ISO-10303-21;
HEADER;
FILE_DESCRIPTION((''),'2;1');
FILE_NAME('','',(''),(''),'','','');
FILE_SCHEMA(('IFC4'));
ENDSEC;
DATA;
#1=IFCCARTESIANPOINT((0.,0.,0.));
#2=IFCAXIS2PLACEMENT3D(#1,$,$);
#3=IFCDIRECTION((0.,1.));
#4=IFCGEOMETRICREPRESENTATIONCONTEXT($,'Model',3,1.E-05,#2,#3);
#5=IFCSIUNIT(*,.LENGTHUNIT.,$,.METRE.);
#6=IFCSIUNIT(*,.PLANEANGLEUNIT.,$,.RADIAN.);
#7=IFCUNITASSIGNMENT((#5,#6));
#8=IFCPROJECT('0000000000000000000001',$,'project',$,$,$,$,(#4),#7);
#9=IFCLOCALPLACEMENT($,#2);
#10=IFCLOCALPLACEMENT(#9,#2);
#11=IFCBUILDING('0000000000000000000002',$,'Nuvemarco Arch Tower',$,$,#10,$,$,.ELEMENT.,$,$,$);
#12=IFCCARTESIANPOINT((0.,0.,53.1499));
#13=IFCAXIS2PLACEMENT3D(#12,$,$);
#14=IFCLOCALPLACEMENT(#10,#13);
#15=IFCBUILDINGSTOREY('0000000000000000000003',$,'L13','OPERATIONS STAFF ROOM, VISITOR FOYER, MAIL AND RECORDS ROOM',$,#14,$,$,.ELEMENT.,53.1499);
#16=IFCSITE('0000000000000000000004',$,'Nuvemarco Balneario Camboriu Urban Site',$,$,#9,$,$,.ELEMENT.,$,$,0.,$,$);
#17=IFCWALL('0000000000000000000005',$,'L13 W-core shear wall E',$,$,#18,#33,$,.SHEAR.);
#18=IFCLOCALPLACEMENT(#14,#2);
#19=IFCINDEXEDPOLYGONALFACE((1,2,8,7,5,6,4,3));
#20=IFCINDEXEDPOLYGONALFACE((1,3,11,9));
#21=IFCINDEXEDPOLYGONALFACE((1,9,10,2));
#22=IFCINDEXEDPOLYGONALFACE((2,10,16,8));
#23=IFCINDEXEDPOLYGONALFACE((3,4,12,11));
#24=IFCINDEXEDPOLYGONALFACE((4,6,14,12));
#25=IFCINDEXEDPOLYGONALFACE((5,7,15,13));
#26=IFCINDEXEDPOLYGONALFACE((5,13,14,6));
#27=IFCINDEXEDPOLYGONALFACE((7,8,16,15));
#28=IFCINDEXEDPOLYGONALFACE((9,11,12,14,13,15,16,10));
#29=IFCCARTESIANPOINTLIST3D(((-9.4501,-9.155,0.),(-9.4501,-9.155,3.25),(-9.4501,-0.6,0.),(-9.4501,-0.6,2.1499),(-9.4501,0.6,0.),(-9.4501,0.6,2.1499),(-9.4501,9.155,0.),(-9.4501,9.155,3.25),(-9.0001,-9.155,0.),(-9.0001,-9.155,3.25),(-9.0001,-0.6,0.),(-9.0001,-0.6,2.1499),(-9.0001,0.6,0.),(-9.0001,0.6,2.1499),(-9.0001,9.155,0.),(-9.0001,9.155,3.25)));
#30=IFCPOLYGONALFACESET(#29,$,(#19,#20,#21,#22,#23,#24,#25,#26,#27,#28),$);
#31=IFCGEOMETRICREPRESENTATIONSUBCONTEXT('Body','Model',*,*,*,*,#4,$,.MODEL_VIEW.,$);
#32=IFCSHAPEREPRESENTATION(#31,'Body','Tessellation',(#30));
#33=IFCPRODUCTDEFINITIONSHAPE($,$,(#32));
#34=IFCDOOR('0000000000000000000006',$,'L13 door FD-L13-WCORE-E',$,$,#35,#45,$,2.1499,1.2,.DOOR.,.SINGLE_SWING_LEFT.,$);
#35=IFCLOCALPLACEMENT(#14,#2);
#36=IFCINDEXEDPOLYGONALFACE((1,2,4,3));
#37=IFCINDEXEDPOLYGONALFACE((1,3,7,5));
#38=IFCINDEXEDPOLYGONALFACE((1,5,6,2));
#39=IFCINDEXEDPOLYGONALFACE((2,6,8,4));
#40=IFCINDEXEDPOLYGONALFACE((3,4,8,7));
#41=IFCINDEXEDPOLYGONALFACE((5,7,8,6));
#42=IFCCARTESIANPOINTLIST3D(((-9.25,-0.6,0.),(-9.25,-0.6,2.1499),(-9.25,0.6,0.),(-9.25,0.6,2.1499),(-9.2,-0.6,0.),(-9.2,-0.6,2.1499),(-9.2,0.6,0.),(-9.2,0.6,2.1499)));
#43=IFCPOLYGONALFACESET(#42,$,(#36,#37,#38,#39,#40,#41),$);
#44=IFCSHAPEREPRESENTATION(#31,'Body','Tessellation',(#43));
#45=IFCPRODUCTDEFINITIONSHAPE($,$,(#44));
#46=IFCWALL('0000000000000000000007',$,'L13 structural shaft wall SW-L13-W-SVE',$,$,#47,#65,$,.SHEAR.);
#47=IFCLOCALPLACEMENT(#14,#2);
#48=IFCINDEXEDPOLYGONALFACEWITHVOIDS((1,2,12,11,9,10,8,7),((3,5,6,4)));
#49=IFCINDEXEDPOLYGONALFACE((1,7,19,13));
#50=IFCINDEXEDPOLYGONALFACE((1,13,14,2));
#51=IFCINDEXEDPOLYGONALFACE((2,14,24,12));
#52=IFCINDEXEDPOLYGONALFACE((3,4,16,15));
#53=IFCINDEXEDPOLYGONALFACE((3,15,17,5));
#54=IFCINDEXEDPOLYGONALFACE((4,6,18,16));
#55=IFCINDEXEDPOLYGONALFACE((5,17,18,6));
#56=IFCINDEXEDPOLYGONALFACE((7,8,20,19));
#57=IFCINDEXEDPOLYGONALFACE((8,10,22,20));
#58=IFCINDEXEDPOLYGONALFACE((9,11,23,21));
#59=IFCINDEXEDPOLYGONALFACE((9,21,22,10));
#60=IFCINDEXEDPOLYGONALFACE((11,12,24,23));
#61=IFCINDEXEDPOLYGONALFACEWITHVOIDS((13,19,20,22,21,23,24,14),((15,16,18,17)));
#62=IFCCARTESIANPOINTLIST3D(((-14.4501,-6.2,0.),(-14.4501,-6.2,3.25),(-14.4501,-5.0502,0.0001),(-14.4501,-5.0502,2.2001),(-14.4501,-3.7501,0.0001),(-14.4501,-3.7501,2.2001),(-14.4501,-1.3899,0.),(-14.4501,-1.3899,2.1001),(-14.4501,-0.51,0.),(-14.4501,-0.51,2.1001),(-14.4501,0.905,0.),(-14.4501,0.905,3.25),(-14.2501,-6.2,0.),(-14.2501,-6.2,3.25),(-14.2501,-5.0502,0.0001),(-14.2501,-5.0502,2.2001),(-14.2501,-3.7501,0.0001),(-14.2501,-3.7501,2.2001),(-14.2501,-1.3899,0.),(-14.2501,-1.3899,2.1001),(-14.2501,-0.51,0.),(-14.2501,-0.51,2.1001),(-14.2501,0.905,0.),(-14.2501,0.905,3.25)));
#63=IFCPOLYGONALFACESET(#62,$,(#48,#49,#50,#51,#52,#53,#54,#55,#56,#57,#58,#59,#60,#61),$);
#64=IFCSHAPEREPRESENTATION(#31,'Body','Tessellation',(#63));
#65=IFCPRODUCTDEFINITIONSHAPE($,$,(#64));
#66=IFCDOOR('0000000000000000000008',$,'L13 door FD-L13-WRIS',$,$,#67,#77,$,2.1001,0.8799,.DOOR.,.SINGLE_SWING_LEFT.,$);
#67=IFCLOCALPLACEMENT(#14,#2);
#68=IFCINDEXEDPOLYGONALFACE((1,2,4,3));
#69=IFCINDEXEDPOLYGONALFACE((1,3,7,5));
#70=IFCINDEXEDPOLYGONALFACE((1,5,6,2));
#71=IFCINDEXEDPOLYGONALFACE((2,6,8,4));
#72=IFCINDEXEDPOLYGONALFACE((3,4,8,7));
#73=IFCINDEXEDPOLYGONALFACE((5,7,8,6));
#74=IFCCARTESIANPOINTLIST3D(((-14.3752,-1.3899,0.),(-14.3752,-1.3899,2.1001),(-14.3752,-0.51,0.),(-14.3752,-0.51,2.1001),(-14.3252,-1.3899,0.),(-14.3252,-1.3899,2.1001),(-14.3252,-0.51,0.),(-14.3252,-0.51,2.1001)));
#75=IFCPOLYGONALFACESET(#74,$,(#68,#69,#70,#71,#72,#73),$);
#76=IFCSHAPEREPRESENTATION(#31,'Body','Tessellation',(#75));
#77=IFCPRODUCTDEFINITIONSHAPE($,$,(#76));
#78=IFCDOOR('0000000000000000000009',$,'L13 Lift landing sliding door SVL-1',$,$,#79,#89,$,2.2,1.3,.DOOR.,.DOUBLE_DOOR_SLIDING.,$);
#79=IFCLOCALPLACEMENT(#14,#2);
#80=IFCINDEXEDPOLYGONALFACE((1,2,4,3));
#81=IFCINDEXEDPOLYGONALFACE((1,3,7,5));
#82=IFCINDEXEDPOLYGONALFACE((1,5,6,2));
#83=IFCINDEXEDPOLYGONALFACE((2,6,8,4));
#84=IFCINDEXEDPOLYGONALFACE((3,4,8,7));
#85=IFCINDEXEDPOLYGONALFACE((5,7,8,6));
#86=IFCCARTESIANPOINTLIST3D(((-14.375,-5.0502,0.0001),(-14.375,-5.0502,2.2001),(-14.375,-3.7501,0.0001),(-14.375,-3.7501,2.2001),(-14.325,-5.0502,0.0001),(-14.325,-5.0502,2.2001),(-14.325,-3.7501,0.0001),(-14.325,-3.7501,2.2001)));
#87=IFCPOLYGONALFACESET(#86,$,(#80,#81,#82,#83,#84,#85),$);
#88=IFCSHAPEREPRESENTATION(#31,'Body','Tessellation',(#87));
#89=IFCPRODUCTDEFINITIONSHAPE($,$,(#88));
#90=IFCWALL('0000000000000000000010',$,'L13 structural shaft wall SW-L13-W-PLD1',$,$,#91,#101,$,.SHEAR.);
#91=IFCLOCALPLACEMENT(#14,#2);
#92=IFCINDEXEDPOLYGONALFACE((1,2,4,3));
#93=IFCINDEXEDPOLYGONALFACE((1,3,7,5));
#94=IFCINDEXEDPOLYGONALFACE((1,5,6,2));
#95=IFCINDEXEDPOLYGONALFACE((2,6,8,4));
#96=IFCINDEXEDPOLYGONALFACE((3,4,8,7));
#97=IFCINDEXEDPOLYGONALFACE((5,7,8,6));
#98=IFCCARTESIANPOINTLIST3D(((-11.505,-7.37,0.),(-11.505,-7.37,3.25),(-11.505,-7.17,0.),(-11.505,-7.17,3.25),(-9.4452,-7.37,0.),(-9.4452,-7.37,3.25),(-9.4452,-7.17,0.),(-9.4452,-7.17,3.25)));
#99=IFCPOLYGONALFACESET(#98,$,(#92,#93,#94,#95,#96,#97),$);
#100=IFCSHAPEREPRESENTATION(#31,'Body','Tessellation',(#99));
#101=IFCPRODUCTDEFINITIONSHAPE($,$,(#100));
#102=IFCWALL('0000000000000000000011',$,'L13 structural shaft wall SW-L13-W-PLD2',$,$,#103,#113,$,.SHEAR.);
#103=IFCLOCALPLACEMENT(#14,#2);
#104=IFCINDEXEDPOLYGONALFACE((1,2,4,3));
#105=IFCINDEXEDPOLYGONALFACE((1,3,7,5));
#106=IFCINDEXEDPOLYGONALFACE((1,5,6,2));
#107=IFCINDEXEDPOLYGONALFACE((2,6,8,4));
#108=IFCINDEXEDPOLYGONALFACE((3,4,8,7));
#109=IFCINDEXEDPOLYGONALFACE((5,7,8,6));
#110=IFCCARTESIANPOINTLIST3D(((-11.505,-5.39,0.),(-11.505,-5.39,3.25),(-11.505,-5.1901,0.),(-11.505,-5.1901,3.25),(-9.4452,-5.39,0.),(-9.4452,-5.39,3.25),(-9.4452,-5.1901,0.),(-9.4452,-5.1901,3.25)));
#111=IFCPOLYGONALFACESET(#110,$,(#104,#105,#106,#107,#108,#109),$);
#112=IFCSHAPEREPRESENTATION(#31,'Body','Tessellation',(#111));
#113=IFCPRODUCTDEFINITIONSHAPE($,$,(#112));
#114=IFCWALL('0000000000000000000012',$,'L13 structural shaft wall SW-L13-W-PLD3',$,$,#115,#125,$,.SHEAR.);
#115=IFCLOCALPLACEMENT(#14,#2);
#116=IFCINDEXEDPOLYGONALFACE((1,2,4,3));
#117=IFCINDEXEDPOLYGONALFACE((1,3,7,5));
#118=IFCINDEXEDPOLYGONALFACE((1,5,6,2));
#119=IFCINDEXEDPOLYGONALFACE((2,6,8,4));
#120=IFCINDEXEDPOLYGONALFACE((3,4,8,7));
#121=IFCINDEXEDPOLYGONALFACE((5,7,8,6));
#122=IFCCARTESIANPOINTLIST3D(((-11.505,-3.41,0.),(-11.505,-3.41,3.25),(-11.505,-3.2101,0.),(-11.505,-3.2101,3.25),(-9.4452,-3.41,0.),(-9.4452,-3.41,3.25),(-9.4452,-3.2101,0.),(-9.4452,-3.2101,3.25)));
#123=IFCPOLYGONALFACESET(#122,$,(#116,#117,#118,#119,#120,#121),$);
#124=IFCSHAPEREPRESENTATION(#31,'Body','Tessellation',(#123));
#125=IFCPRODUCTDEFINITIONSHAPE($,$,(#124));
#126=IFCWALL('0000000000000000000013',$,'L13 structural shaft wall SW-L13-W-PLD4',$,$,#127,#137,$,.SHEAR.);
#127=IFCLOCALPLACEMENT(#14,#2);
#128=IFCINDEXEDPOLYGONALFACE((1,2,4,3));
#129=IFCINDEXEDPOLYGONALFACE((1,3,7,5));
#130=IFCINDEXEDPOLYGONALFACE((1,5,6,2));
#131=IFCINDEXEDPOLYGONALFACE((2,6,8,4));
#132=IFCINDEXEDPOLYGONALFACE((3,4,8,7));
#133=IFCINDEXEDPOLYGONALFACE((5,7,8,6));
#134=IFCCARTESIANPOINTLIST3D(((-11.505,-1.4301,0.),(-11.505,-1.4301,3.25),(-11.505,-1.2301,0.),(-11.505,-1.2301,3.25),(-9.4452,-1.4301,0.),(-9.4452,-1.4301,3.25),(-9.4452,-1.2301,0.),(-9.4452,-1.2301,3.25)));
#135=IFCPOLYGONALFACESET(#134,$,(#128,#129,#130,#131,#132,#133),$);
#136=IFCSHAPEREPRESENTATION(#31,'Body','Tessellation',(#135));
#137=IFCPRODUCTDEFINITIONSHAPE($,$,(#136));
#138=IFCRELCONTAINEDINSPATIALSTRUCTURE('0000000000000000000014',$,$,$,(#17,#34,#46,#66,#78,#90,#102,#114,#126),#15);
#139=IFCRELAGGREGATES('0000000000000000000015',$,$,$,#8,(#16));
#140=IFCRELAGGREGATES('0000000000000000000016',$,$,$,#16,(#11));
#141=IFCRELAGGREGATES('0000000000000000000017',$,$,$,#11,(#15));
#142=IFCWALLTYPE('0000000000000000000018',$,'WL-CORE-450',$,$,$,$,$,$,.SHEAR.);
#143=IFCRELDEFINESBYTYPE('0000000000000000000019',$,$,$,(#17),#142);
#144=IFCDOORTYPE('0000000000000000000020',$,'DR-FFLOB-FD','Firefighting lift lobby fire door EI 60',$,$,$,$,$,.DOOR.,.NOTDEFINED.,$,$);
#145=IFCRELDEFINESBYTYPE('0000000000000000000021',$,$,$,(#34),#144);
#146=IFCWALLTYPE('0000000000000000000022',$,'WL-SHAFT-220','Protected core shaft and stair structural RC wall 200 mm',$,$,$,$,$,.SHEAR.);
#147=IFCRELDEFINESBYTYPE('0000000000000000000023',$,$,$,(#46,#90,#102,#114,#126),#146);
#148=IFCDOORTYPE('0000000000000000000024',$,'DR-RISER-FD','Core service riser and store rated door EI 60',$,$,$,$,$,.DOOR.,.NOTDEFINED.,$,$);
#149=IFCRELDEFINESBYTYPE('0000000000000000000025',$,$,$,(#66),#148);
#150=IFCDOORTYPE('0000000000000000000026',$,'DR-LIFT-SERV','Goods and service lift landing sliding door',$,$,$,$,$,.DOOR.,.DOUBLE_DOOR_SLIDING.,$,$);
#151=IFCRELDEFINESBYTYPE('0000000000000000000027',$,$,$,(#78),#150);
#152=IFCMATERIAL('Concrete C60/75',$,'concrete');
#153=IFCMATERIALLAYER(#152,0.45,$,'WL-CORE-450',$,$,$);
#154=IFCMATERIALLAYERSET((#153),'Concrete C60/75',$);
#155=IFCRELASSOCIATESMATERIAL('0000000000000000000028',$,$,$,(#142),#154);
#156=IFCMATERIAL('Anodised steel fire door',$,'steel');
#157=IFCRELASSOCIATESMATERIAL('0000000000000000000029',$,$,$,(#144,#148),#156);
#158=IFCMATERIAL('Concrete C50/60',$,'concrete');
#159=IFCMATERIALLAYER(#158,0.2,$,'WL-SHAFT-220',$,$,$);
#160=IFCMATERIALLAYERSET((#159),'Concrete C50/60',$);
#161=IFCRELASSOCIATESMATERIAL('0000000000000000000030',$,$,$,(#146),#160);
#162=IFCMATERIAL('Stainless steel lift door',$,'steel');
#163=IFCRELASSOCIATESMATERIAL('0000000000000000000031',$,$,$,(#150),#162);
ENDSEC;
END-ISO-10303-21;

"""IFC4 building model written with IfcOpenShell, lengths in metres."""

from ifc_helpers import new_model, si_unit, direction, frame, frame_2d, origin, place, context, subcontext, project, spatial, rectangle, extrude, source, transform, mapped, material, layer, layer_set, type_object, type_shapes, element, fill, save


model = new_model("IFC4")

# Units and contexts
model_context = context("Model", 3, precision=1e-05, world=origin(), true_north=direction((0.0, 1.0)))
body_context = subcontext(model_context, "Body", "Model", "MODEL_VIEW")
ifc_project = project(units=[si_unit("LENGTHUNIT", "METRE"), si_unit("PLANEANGLEUNIT", "RADIAN")], contexts=[model_context])

# Site, building, storey
site_placement = place(None, origin())
site = spatial("IfcSite", under=ifc_project, at=site_placement, Name="Nuvemarco Balneario Camboriu Urban Site", CompositionType="ELEMENT", RefElevation=0.0)
building_placement = place(site_placement, origin())
building = spatial("IfcBuilding", under=site, at=building_placement, Name="Nuvemarco Arch Tower", CompositionType="ELEMENT")
storey_placement = place(building_placement, frame((0.0, 0.0, 53.1499)))
storey = spatial("IfcBuildingStorey", under=building, at=storey_placement, Name="L13", Description="OPERATIONS STAFF ROOM, VISITOR FOYER, MAIL AND RECORDS ROOM", CompositionType="ELEMENT", Elevation=53.1499)

# Wall, opening, door
ifc_material_1 = material(Name="Concrete C60/75", Category="concrete")
ifc_layer_1 = layer(ifc_material_1, 0.45, Name="WL-CORE-450")
ifc_layer_set_1 = layer_set([ifc_layer_1], Name="Concrete C60/75")
wall_type_1 = type_object("IfcWallType", Name="WL-CORE-450", PredefinedType="SHEAR", material=ifc_layer_set_1)
wall_1_placement = place(storey_placement, frame((-9.2251, -9.155, 0.0), z_axis=(0.0, 0.0, 1.0), x_axis=(0.0, 1.0, 0.0)))
wall_1 = element("IfcWall", 1, at=wall_1_placement, inside=storey, type_object=wall_type_1, Name="L13 W-core shear wall E", PredefinedType="SHEAR", context=body_context, shape_type="SweptSolid", body=[
    extrude(rectangle(XDim=18.3101, YDim=0.45, at=frame_2d((9.155, 0.0))), origin(), (0.0, 0.0, 1.0), 3.25),
])
opening_1_placement = place(wall_1_placement, frame((8.5549, 0.0, 0.0)))
opening_1 = element("IfcOpeningElement", 2, at=opening_1_placement, cuts=wall_1, PredefinedType="OPENING", context=body_context, shape_type="SweptSolid", body=[
    extrude(rectangle(XDim=1.2, YDim=2.1499, at=frame_2d((0.6001, 1.075))), frame((0.0, 0.2349, 0.0), z_axis=(0.0, -1.0, 0.0), x_axis=(1.0, 0.0, 0.0)), (0.0, 0.0, 1.0), 0.47),
])
ifc_material_2 = material(Name="Anodised steel fire door", Category="steel")
door_type_1 = type_object("IfcDoorType", Name="DR-FFLOB-FD", Description="Firefighting lift lobby fire door EI 60", OperationType="NOTDEFINED", PredefinedType="DOOR", material=ifc_material_2)
shared_shape_1 = source(origin(), body_context, "Body", "SweptSolid", [
    extrude(rectangle(XDim=1.2, YDim=2.1499, at=frame_2d((0.6001, 1.075))), frame((0.0, 0.0249, 0.0), z_axis=(0.0, -1.0, 0.0), x_axis=(1.0, 0.0, 0.0)), (0.0, 0.0, 1.0), 0.05),
])
type_shapes(door_type_1, [shared_shape_1])
door_1_placement = place(opening_1_placement, origin())
door_1 = element("IfcDoor", 3, at=door_1_placement, inside=storey, type_object=door_type_1, Name="L13 door FD-L13-WCORE-E", OperationType="SINGLE_SWING_LEFT", OverallHeight=2.1499, OverallWidth=1.2, PredefinedType="DOOR", context=body_context, shape_type="MappedRepresentation", body=[
    mapped(shared_shape_1, transform((0.0, 0.0, 0.0), scale=1.0)),
])
fill(opening_1, door_1)
ifc_material_3 = material(Name="Concrete C50/60", Category="concrete")
ifc_layer_2 = layer(ifc_material_3, 0.2, Name="WL-SHAFT-220")
ifc_layer_set_2 = layer_set([ifc_layer_2], Name="Concrete C50/60")
wall_type_2 = type_object("IfcWallType", Name="WL-SHAFT-220", Description="Protected core shaft and stair structural RC wall 200 mm", PredefinedType="SHEAR", material=ifc_layer_set_2)
ifc_material_4 = material(Name="Stainless steel lift door", Category="steel")

# Wall, openings, doors
wall_2_placement = place(storey_placement, frame((-14.3501, -6.2, 0.0), z_axis=(0.0, 0.0, 1.0), x_axis=(0.0, 1.0, 0.0)))
wall_2 = element("IfcWall", 4, at=wall_2_placement, inside=storey, type_object=wall_type_2, Name="L13 structural shaft wall SW-L13-W-SVE", PredefinedType="SHEAR", context=body_context, shape_type="SweptSolid", body=[
    extrude(rectangle(XDim=7.105, YDim=0.2, at=frame_2d((3.5525, 0.0))), origin(), (0.0, 0.0, 1.0), 3.25),
])
opening_2_placement = place(wall_2_placement, frame((5.6899, 0.0, 0.0), z_axis=(0.0, 0.0, 1.0), x_axis=(-1.0, 0.0, 0.0)))
opening_2 = element("IfcOpeningElement", 5, at=opening_2_placement, cuts=wall_2, PredefinedType="OPENING", context=body_context, shape_type="SweptSolid", body=[
    extrude(rectangle(XDim=0.8799, YDim=2.1001, at=frame_2d((0.4399, 1.05))), frame((0.0, 0.1099, 0.0), z_axis=(0.0, -1.0, 0.0), x_axis=(1.0, 0.0, 0.0)), (0.0, 0.0, 1.0), 0.22),
])
opening_3_placement = place(wall_2_placement, frame((1.1499, 0.0, 0.0)))
opening_3 = element("IfcOpeningElement", 6, at=opening_3_placement, cuts=wall_2, PredefinedType="OPENING", context=body_context, shape_type="SweptSolid", body=[
    extrude(rectangle(XDim=1.3, YDim=2.2, at=frame_2d((0.6499, 1.1001))), frame((0.0, 0.1099, 0.0), z_axis=(0.0, -1.0, 0.0), x_axis=(1.0, 0.0, 0.0)), (0.0, 0.0, 1.0), 0.22),
])
door_type_2 = type_object("IfcDoorType", Name="DR-RISER-FD", Description="Core service riser and store rated door EI 60", OperationType="NOTDEFINED", PredefinedType="DOOR", material=ifc_material_2)
shared_shape_2 = source(origin(), body_context, "Body", "SweptSolid", [
    extrude(rectangle(XDim=0.8799, YDim=2.1001, at=frame_2d((0.4399, 1.05))), frame((0.0, 0.0249, 0.0), z_axis=(0.0, -1.0, 0.0), x_axis=(1.0, 0.0, 0.0)), (0.0, 0.0, 1.0), 0.05),
])
type_shapes(door_type_2, [shared_shape_2])
door_2_placement = place(opening_2_placement, origin())
door_2 = element("IfcDoor", 7, at=door_2_placement, inside=storey, type_object=door_type_2, Name="L13 door FD-L13-WRIS", OperationType="SINGLE_SWING_LEFT", OverallHeight=2.1001, OverallWidth=0.8799, PredefinedType="DOOR", context=body_context, shape_type="MappedRepresentation", body=[
    mapped(shared_shape_2, transform((0.0, 0.0, 0.0), scale=1.0)),
])
fill(opening_2, door_2)
door_type_3 = type_object("IfcDoorType", Name="DR-LIFT-SERV", Description="Goods and service lift landing sliding door", OperationType="DOUBLE_DOOR_SLIDING", PredefinedType="DOOR", material=ifc_material_4)
shared_shape_3 = source(origin(), body_context, "Body", "SweptSolid", [
    extrude(rectangle(XDim=1.3, YDim=2.2, at=frame_2d((0.6499, 1.1001))), frame((0.0, 0.0249, 0.0), z_axis=(0.0, -1.0, 0.0), x_axis=(1.0, 0.0, 0.0)), (0.0, 0.0, 1.0), 0.05),
])
type_shapes(door_type_3, [shared_shape_3])
door_3_placement = place(opening_3_placement, origin())
door_3 = element("IfcDoor", 8, at=door_3_placement, inside=storey, type_object=door_type_3, Name="L13 Lift landing sliding door SVL-1", OperationType="DOUBLE_DOOR_SLIDING", OverallHeight=2.2, OverallWidth=1.3, PredefinedType="DOOR", context=body_context, shape_type="MappedRepresentation", body=[
    mapped(shared_shape_3, transform((0.0, 0.0, 0.0), scale=1.0)),
])
fill(opening_3, door_3)

# Walls
for number, where, z_axis, x_axis, name in (
    (9, (-11.5049, -7.27, 0.0), (0.0, 0.0, 1.0), (1.0, 0.0, 0.0), "L13 structural shaft wall SW-L13-W-PLD1"),
    (10, (-11.5049, -5.29, 0.0), (0.0, 0.0, 1.0), (1.0, 0.0, 0.0), "L13 structural shaft wall SW-L13-W-PLD2"),
    (11, (-11.5049, -3.3101, 0.0), (0.0, 0.0, 1.0), (1.0, 0.0, 0.0), "L13 structural shaft wall SW-L13-W-PLD3"),
    (12, (-11.5049, -1.3301, 0.0), (0.0, 0.0, 1.0), (1.0, 0.0, 0.0), "L13 structural shaft wall SW-L13-W-PLD4"),
):
    element("IfcWall", number, at=place(storey_placement, frame(where, z_axis=z_axis, x_axis=x_axis)), inside=storey, type_object=wall_type_2, Name=name, PredefinedType="SHEAR", context=body_context, shape_type="SweptSolid", body=[
        extrude(rectangle(XDim=2.0598, YDim=0.2, at=frame_2d((1.0298, 0.0))), origin(), (0.0, 0.0, 1.0), 3.25),
    ])

save(model, "model.ifc")
